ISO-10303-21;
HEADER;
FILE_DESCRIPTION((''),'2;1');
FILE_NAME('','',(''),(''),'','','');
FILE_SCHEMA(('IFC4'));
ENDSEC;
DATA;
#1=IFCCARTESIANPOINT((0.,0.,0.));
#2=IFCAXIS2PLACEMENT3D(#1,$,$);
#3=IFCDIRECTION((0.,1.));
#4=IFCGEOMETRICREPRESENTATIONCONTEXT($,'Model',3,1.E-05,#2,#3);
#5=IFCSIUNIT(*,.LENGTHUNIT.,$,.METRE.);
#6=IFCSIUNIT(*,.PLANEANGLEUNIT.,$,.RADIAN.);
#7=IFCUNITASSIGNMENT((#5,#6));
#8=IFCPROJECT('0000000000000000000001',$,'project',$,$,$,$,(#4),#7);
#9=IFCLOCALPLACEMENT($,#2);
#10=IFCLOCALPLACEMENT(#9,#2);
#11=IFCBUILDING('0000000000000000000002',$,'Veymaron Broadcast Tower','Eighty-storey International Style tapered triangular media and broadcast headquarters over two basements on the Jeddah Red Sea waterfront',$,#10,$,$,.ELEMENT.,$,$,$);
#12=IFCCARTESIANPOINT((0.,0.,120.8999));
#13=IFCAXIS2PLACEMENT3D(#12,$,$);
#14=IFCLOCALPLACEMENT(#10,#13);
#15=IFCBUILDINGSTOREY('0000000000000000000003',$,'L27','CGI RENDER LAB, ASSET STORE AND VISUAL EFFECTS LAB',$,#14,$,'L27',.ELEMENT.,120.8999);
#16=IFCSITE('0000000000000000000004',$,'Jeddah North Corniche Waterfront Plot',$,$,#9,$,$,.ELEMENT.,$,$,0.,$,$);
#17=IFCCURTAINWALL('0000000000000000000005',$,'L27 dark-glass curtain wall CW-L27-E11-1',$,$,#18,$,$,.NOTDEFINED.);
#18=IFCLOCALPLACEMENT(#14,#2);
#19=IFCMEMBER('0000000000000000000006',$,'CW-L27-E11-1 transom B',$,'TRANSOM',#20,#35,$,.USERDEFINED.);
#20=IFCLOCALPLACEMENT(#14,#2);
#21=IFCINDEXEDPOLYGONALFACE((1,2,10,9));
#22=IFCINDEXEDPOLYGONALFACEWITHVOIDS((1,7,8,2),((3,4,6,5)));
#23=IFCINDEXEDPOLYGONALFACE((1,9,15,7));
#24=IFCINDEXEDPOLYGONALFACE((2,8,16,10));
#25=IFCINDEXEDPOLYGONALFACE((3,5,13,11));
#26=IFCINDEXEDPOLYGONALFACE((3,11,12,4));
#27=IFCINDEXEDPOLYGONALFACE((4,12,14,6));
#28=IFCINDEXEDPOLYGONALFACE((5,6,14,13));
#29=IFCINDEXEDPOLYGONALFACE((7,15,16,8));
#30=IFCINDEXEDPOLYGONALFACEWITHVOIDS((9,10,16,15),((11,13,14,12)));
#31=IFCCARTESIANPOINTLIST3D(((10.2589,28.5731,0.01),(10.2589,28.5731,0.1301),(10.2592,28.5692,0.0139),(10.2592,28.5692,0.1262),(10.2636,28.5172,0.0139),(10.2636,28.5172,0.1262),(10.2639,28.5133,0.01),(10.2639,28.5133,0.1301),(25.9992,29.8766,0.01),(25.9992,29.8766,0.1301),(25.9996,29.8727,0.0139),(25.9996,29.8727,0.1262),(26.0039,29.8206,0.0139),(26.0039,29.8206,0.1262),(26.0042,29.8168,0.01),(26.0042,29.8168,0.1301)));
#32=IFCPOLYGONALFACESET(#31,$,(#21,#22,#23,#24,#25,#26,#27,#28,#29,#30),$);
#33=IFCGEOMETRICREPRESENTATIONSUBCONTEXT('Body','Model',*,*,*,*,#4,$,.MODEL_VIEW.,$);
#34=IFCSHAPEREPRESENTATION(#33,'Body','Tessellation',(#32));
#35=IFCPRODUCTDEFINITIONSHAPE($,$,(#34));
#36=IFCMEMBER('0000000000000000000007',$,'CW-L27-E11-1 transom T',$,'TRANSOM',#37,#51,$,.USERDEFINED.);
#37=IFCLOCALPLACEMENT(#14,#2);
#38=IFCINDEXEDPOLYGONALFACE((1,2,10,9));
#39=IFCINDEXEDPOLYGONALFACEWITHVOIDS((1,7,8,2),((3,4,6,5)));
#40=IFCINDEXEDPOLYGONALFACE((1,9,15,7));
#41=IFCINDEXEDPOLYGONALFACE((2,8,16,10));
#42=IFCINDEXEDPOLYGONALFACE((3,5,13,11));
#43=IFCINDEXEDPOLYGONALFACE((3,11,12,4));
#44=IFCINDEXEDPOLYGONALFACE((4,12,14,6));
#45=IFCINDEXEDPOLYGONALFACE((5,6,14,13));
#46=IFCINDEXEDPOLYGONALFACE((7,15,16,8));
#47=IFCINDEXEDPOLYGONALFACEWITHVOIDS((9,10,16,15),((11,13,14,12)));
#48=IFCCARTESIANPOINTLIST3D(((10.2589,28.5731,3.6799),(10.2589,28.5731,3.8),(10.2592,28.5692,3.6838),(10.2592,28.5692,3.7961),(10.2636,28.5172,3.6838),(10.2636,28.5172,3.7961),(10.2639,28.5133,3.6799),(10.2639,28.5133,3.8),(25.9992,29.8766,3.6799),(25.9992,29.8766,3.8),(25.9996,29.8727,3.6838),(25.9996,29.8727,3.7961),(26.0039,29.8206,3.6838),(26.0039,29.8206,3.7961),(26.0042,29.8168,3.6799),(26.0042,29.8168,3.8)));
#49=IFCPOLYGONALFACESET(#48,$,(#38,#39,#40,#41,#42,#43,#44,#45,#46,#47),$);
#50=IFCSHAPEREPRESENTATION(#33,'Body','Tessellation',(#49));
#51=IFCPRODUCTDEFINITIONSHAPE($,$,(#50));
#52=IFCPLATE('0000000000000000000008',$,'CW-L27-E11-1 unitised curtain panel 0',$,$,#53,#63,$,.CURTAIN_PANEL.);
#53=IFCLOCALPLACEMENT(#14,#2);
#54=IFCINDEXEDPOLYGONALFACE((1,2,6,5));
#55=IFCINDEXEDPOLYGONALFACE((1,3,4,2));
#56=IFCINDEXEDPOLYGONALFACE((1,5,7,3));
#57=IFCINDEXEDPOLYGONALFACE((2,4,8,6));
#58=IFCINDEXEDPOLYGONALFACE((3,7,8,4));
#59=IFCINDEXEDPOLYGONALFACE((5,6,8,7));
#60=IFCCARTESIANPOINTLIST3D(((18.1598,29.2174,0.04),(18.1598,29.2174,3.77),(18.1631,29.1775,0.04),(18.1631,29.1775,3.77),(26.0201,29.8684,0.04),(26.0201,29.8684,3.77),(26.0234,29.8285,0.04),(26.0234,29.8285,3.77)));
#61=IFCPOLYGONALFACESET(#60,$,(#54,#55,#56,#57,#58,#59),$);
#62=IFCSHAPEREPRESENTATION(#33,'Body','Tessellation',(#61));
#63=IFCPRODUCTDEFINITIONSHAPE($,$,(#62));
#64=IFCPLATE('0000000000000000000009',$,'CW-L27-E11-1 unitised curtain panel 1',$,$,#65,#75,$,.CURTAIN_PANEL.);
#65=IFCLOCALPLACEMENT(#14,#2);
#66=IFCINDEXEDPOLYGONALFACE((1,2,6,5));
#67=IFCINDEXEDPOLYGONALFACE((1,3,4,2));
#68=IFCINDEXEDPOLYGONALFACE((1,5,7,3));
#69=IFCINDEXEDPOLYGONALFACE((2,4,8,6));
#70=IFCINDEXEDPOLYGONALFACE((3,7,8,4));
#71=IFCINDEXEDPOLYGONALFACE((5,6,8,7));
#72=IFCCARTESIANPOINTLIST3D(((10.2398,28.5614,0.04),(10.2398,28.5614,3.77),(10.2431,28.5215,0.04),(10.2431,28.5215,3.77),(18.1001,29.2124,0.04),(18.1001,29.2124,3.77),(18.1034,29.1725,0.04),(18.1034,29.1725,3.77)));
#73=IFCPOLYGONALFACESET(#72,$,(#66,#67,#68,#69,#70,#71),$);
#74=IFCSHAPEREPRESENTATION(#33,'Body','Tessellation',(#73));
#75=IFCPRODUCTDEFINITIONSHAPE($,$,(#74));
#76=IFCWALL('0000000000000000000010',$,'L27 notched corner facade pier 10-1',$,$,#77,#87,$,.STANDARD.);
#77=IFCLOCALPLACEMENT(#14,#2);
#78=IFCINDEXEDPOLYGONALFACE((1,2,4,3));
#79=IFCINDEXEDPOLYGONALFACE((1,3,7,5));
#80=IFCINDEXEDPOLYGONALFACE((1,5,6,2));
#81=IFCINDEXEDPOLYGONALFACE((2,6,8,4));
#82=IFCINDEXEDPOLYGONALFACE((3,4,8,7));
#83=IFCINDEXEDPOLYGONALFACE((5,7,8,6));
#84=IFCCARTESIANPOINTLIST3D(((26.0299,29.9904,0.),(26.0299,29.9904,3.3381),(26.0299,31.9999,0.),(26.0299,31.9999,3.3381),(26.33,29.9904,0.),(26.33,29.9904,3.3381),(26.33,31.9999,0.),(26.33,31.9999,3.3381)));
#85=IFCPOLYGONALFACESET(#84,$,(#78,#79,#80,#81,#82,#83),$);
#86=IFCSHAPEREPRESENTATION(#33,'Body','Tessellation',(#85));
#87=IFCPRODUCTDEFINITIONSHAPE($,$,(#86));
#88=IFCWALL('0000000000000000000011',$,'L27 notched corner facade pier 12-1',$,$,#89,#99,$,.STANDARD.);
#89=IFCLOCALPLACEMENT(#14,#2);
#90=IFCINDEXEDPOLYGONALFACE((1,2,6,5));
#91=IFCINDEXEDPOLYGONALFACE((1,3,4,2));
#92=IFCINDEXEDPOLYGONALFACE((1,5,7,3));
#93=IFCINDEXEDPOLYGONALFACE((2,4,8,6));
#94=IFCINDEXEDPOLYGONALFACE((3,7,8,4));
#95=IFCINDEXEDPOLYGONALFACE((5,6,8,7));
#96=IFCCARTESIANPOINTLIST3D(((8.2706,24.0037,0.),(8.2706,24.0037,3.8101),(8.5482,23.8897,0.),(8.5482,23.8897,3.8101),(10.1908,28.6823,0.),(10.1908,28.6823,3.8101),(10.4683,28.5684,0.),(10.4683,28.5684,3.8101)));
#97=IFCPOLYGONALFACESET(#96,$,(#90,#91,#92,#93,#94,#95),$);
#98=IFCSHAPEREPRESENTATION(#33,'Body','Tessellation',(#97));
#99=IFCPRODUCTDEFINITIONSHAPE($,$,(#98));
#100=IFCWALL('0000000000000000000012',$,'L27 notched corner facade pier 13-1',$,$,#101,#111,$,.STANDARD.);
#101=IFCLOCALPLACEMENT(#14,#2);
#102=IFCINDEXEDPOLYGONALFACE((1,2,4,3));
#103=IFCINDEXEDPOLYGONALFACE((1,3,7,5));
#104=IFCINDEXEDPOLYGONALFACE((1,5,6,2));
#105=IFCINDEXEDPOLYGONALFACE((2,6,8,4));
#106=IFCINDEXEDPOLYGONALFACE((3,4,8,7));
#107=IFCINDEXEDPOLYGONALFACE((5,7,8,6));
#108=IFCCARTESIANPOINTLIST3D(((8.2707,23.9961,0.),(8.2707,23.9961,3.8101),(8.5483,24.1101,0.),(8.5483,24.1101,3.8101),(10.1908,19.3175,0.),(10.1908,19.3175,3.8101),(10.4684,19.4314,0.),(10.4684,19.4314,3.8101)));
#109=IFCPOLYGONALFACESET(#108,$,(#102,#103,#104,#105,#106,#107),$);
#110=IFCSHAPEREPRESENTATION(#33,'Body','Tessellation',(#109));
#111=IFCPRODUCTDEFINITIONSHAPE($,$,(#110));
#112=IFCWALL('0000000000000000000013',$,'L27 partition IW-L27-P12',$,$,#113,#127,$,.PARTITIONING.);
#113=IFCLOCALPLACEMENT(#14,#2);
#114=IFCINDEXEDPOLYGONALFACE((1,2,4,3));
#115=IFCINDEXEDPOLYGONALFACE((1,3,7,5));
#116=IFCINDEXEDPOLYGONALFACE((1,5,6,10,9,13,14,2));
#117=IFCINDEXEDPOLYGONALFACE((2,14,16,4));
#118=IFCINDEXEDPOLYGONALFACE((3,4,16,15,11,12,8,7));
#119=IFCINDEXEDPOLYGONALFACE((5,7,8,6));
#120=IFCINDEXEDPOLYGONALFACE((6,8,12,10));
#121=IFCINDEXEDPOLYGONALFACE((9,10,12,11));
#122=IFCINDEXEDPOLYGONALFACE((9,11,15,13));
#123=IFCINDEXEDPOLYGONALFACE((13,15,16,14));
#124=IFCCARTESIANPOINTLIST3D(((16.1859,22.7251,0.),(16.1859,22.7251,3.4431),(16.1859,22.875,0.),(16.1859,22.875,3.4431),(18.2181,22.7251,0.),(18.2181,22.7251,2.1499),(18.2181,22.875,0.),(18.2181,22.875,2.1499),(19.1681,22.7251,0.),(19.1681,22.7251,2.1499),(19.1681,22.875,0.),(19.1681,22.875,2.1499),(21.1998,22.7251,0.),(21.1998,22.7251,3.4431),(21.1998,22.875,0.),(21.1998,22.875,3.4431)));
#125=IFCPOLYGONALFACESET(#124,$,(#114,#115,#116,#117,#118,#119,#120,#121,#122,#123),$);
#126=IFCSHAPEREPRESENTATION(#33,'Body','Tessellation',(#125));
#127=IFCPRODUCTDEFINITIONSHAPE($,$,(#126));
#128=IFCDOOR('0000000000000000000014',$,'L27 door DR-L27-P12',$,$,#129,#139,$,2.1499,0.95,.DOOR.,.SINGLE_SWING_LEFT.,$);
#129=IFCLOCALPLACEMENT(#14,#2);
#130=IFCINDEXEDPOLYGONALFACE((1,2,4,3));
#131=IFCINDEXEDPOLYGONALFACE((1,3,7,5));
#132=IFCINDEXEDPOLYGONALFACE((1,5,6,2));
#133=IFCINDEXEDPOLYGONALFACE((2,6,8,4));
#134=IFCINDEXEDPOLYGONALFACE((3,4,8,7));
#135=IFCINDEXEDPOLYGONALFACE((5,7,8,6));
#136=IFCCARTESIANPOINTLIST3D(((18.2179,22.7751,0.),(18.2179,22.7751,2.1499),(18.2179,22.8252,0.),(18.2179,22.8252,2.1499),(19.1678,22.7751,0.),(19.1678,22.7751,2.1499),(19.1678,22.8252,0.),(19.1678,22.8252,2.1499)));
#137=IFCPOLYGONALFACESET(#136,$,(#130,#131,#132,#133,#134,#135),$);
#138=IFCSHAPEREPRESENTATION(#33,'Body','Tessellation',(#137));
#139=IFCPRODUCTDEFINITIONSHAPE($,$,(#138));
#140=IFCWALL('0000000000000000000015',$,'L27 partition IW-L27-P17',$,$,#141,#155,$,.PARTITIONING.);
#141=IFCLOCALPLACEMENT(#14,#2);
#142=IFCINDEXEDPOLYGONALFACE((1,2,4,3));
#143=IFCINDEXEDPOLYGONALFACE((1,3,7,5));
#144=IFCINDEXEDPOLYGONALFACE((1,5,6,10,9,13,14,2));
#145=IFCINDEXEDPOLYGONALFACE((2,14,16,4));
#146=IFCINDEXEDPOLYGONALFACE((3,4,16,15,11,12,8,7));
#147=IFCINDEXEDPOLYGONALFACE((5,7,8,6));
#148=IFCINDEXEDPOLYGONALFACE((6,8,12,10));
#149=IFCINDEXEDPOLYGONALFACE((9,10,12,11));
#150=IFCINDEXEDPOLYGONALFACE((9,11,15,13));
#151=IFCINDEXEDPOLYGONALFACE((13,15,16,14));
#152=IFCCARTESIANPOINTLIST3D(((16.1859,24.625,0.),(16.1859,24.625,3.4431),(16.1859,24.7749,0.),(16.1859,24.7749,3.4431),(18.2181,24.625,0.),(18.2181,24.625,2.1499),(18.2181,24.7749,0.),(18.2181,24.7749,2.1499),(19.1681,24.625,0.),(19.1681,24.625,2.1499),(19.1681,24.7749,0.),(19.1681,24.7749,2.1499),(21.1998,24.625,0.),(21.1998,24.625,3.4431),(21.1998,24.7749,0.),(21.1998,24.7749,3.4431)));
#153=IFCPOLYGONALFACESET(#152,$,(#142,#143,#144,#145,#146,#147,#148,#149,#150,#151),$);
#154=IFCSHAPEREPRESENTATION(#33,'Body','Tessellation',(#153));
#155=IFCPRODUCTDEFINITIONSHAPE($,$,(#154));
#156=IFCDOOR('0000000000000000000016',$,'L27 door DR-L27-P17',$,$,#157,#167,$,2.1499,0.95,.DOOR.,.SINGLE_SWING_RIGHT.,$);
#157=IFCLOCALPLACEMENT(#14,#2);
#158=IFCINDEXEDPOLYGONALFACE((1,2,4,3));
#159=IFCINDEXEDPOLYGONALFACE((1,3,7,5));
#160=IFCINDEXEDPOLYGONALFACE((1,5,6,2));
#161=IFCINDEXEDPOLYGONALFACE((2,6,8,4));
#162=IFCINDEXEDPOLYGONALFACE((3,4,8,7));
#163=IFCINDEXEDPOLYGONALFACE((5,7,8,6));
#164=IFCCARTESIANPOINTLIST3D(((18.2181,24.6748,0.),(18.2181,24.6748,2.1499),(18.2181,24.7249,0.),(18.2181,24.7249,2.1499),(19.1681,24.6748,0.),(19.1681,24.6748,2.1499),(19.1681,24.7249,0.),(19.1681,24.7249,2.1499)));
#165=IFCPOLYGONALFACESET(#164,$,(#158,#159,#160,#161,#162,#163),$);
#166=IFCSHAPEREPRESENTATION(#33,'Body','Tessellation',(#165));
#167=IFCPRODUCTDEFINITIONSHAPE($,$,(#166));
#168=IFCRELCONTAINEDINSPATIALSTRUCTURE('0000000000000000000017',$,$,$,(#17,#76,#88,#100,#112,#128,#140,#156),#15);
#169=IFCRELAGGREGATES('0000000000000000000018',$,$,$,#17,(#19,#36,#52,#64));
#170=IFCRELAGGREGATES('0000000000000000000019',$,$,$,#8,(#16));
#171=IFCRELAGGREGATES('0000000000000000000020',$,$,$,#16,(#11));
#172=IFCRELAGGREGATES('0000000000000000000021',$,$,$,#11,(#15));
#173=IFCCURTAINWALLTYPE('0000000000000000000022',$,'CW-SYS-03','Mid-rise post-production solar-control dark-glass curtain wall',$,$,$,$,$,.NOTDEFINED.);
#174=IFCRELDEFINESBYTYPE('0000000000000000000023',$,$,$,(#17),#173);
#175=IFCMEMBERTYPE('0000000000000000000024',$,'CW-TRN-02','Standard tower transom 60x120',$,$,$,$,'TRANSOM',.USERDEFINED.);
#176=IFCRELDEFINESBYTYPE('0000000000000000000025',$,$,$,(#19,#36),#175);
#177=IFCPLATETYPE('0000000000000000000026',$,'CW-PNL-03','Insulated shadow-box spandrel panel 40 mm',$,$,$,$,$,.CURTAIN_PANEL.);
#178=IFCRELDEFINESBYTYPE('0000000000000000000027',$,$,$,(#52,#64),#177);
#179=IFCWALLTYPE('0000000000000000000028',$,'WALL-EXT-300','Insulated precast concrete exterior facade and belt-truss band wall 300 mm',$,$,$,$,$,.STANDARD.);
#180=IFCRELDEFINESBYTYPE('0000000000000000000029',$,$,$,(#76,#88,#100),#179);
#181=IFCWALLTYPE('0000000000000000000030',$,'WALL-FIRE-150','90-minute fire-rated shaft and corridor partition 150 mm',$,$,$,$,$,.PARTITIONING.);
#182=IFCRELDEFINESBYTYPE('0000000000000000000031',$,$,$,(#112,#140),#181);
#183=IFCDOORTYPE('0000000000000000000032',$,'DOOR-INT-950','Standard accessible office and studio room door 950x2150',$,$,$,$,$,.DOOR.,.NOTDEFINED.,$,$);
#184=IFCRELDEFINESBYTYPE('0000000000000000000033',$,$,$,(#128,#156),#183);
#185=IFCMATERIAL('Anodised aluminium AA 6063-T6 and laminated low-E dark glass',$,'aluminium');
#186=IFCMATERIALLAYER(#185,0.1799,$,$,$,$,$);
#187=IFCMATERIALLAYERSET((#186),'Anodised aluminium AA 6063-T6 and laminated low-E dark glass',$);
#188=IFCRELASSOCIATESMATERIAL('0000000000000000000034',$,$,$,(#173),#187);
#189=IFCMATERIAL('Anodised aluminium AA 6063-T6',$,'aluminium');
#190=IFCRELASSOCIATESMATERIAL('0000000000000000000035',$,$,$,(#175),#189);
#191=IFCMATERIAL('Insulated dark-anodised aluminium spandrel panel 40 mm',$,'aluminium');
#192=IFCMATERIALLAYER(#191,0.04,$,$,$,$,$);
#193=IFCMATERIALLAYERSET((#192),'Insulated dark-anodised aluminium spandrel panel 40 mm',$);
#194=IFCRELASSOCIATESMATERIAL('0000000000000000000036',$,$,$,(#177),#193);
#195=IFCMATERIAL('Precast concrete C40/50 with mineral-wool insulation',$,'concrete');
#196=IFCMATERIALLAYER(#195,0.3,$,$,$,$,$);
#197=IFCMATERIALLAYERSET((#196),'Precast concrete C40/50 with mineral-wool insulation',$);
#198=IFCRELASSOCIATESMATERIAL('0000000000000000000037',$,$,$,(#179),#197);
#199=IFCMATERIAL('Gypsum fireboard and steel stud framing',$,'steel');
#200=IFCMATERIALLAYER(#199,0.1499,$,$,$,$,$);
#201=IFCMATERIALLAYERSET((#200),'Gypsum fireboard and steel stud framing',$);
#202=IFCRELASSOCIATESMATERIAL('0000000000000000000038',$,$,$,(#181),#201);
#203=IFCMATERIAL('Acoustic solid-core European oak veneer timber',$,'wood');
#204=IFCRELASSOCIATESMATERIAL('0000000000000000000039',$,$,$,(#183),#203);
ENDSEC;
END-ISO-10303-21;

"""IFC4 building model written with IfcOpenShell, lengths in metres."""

from ifc_helpers import new_model, si_unit, direction, frame, frame_2d, origin, origin_2d, place, context, subcontext, project, spatial, rectangle, hollow_rectangle, extrude, material, layer, layer_set, material_profile, profile_set, type_object, element, fill, aggregate, save


model = new_model("IFC4")

# Units and contexts
model_context = context("Model", 3, precision=1e-05, world=origin(), true_north=direction((0.0, 1.0)))
body_context = subcontext(model_context, "Body", "Model", "MODEL_VIEW")
ifc_project = project(units=[si_unit("LENGTHUNIT", "METRE"), si_unit("PLANEANGLEUNIT", "RADIAN")], contexts=[model_context])

# Site, building, storey
site_placement = place(None, origin())
site = spatial("IfcSite", under=ifc_project, at=site_placement, Name="Jeddah North Corniche Waterfront Plot", CompositionType="ELEMENT", RefElevation=0.0)
building_placement = place(site_placement, origin())
building = spatial("IfcBuilding", under=site, at=building_placement, Name="Veymaron Broadcast Tower", Description="Eighty-storey International Style tapered triangular media and broadcast headquarters over two basements on the Jeddah Red Sea waterfront", CompositionType="ELEMENT")
storey_placement = place(building_placement, frame((0.0, 0.0, 120.8999)))
storey = spatial("IfcBuildingStorey", under=building, at=storey_placement, Name="L27", Description="CGI RENDER LAB, ASSET STORE AND VISUAL EFFECTS LAB", LongName="L27", CompositionType="ELEMENT", Elevation=120.8999)

# Curtain wall, members, plates
ifc_material_1 = material(Name="Anodised aluminium AA 6063-T6 and laminated low-E dark glass", Category="aluminium")
ifc_layer_1 = layer(ifc_material_1, 0.1799)
ifc_layer_set_1 = layer_set([ifc_layer_1], Name="Anodised aluminium AA 6063-T6 and laminated low-E dark glass")
curtain_wall_type = type_object("IfcCurtainWallType", Name="CW-SYS-03", Description="Mid-rise post-production solar-control dark-glass curtain wall", PredefinedType="NOTDEFINED", material=ifc_layer_set_1)
curtain_wall_placement = place(storey_placement, origin())
curtain_wall = element("IfcCurtainWall", 1, at=curtain_wall_placement, inside=storey, type_object=curtain_wall_type, Name="L27 dark-glass curtain wall CW-L27-E11-1", PredefinedType="NOTDEFINED")
ifc_material_2 = material(Name="Anodised aluminium AA 6063-T6", Category="aluminium")
ifc_material_profile_1 = material_profile(ifc_material_2, hollow_rectangle(XDim=0.0601, YDim=0.1201, WallThickness=0.0039, at=origin_2d()), Name="AL120X60X4")
ifc_profile_set_1 = profile_set([ifc_material_profile_1], Name="Anodised aluminium AA 6063-T6")
member_type_1 = type_object("IfcMemberType", Name="CW-TRN-02", Description="Standard tower transom 60x120", ElementType="TRANSOM", PredefinedType="USERDEFINED", material=ifc_profile_set_1)
member_1_placement = place(storey_placement, frame((26.0017, 29.8467, 0.0701), z_axis=(-0.996589, -0.082529, 0.0), x_axis=(0.082529, -0.996589, 0.0)))
member_1 = element("IfcMember", 2, at=member_1_placement, type_object=member_type_1, Name="CW-L27-E11-1 transom B", ObjectType="TRANSOM", PredefinedType="USERDEFINED", context=body_context, shape_type="SweptSolid", body=[
    extrude(hollow_rectangle(XDim=0.0601, YDim=0.1201, WallThickness=0.0039, at=origin_2d()), origin(), (0.0, 0.0, 1.0), 15.7942),
])
member_2_placement = place(storey_placement, frame((26.0017, 29.8467, 3.74), z_axis=(-0.996589, -0.082529, 0.0), x_axis=(0.082529, -0.996589, 0.0)))
member_2 = element("IfcMember", 3, at=member_2_placement, type_object=member_type_1, Name="CW-L27-E11-1 transom T", ObjectType="TRANSOM", PredefinedType="USERDEFINED", context=body_context, shape_type="SweptSolid", body=[
    extrude(hollow_rectangle(XDim=0.0601, YDim=0.1201, WallThickness=0.0039, at=origin_2d()), origin(), (0.0, 0.0, 1.0), 15.7942),
])
ifc_material_3 = material(Name="Insulated dark-anodised aluminium spandrel panel 40 mm", Category="aluminium")
ifc_layer_2 = layer(ifc_material_3, 0.04)
ifc_layer_set_2 = layer_set([ifc_layer_2], Name="Insulated dark-anodised aluminium spandrel panel 40 mm")
plate_type = type_object("IfcPlateType", Name="CW-PNL-03", Description="Insulated shadow-box spandrel panel 40 mm", PredefinedType="CURTAIN_PANEL", material=ifc_layer_set_2)
plate_1_placement = place(storey_placement, frame((22.0916, 29.5229, 0.04), z_axis=(0.0, 0.0, 1.0), x_axis=(-0.996589, -0.08253, 0.0)))
plate_1 = element("IfcPlate", 4, at=plate_1_placement, type_object=plate_type, Name="CW-L27-E11-1 unitised curtain panel 0", PredefinedType="CURTAIN_PANEL", context=body_context, shape_type="SweptSolid", body=[
    extrude(rectangle(XDim=7.8872, YDim=0.04, at=origin_2d()), origin(), (0.0, 0.0, 1.0), 3.73),
])
plate_2_placement = place(storey_placement, frame((14.1716, 28.8669, 0.04), z_axis=(0.0, 0.0, 1.0), x_axis=(-0.996589, -0.08253, 0.0)))
plate_2 = element("IfcPlate", 5, at=plate_2_placement, type_object=plate_type, Name="CW-L27-E11-1 unitised curtain panel 1", PredefinedType="CURTAIN_PANEL", context=body_context, shape_type="SweptSolid", body=[
    extrude(rectangle(XDim=7.8872, YDim=0.04, at=origin_2d()), origin(), (0.0, 0.0, 1.0), 3.73),
])
aggregate(curtain_wall, [member_1, member_2, plate_1, plate_2])

# Walls
ifc_material_4 = material(Name="Precast concrete C40/50 with mineral-wool insulation", Category="concrete")
ifc_layer_3 = layer(ifc_material_4, 0.3)
ifc_layer_set_3 = layer_set([ifc_layer_3], Name="Precast concrete C40/50 with mineral-wool insulation")
wall_type_1 = type_object("IfcWallType", Name="WALL-EXT-300", Description="Insulated precast concrete exterior facade and belt-truss band wall 300 mm", PredefinedType="STANDARD", material=ifc_layer_set_3)
wall_1_placement = place(storey_placement, frame((26.1799, 32.0, 0.0), z_axis=(0.0, 0.0, 1.0), x_axis=(0.0, -1.0, 0.0)))
element("IfcWall", 6, at=wall_1_placement, inside=storey, type_object=wall_type_1, Name="L27 notched corner facade pier 10-1", PredefinedType="STANDARD", context=body_context, shape_type="SweptSolid", body=[
    extrude(rectangle(XDim=2.0095, YDim=0.3, at=frame_2d((1.0049, 0.0))), origin(), (0.0, 0.0, 1.0), 3.3381),
])
for number, where, z_axis, x_axis, name in (
    (7, (10.3296, 28.6255, 0.0), (0.0, 0.0, 1.0), (-0.379674, -0.92512, 0.0), "L27 notched corner facade pier 12-1"),
    (8, (8.4094, 24.0532, 0.0), (0.0, 0.0, 1.0), (0.379674, -0.92512, 0.0), "L27 notched corner facade pier 13-1"),
):
    element("IfcWall", number, at=place(storey_placement, frame(where, z_axis=z_axis, x_axis=x_axis)), inside=storey, type_object=wall_type_1, Name=name, PredefinedType="STANDARD", context=body_context, shape_type="SweptSolid", body=[
        extrude(rectangle(XDim=5.0574, YDim=0.3, at=frame_2d((2.5288, 0.0))), origin(), (0.0, 0.0, 1.0), 3.8101),
    ])

# Walls, openings, doors
ifc_material_5 = material(Name="Gypsum fireboard and steel stud framing", Category="steel")
ifc_layer_4 = layer(ifc_material_5, 0.1499)
ifc_layer_set_4 = layer_set([ifc_layer_4], Name="Gypsum fireboard and steel stud framing")
wall_type_2 = type_object("IfcWallType", Name="WALL-FIRE-150", Description="90-minute fire-rated shaft and corridor partition 150 mm", PredefinedType="PARTITIONING", material=ifc_layer_set_4)
wall_2_placement = place(storey_placement, frame((16.186, 22.8, 0.0), z_axis=(0.0, 0.0, 1.0), x_axis=(1.0, 0.0, 0.0)))
wall_2 = element("IfcWall", 9, at=wall_2_placement, inside=storey, type_object=wall_type_2, Name="L27 partition IW-L27-P12", PredefinedType="PARTITIONING", context=body_context, shape_type="SweptSolid", body=[
    extrude(rectangle(XDim=5.0139, YDim=0.1499, at=frame_2d((2.5068, 0.0))), origin(), (0.0, 0.0, 1.0), 3.4431),
])
opening_1_placement = place(wall_2_placement, frame((2.032, 0.0, 0.0)))
opening_1 = element("IfcOpeningElement", 10, at=opening_1_placement, cuts=wall_2, PredefinedType="OPENING", context=body_context, shape_type="SweptSolid", body=[
    extrude(rectangle(XDim=0.95, YDim=2.1499, at=frame_2d((0.4751, 1.075))), frame((0.0, 0.085, 0.0), z_axis=(0.0, -1.0, 0.0), x_axis=(1.0, 0.0, 0.0)), (0.0, 0.0, 1.0), 0.1699),
])
ifc_material_6 = material(Name="Acoustic solid-core European oak veneer timber", Category="wood")
door_type = type_object("IfcDoorType", Name="DOOR-INT-950", Description="Standard accessible office and studio room door 950x2150", OperationType="NOTDEFINED", PredefinedType="DOOR", material=ifc_material_6)
door_1_placement = place(opening_1_placement, frame((0.95, 0.0, 0.0), z_axis=(0.0, 0.0, 1.0), x_axis=(-1.0, 0.0, 0.0)))
door_1 = element("IfcDoor", 11, at=door_1_placement, inside=storey, type_object=door_type, Name="L27 door DR-L27-P12", OperationType="SINGLE_SWING_LEFT", OverallHeight=2.1499, OverallWidth=0.95, PredefinedType="DOOR", context=body_context, shape_type="SweptSolid", body=[
    extrude(rectangle(XDim=0.95, YDim=2.1499, at=frame_2d((0.4751, 1.075))), frame((0.0, 0.0249, 0.0), z_axis=(0.0, -1.0, 0.0), x_axis=(1.0, 0.0, 0.0)), (0.0, 0.0, 1.0), 0.05),
])
fill(opening_1, door_1)
wall_3_placement = place(storey_placement, frame((16.186, 24.7, 0.0), z_axis=(0.0, 0.0, 1.0), x_axis=(1.0, 0.0, 0.0)))
wall_3 = element("IfcWall", 12, at=wall_3_placement, inside=storey, type_object=wall_type_2, Name="L27 partition IW-L27-P17", PredefinedType="PARTITIONING", context=body_context, shape_type="SweptSolid", body=[
    extrude(rectangle(XDim=5.0139, YDim=0.1499, at=frame_2d((2.5068, 0.0))), origin(), (0.0, 0.0, 1.0), 3.4431),
])
opening_2_placement = place(wall_3_placement, frame((2.032, 0.0, 0.0)))
opening_2 = element("IfcOpeningElement", 13, at=opening_2_placement, cuts=wall_3, PredefinedType="OPENING", context=body_context, shape_type="SweptSolid", body=[
    extrude(rectangle(XDim=0.95, YDim=2.1499, at=frame_2d((0.4751, 1.075))), frame((0.0, 0.085, 0.0), z_axis=(0.0, -1.0, 0.0), x_axis=(1.0, 0.0, 0.0)), (0.0, 0.0, 1.0), 0.1699),
])
door_2_placement = place(opening_2_placement, origin())
door_2 = element("IfcDoor", 14, at=door_2_placement, inside=storey, type_object=door_type, Name="L27 door DR-L27-P17", OperationType="SINGLE_SWING_RIGHT", OverallHeight=2.1499, OverallWidth=0.95, PredefinedType="DOOR", context=body_context, shape_type="SweptSolid", body=[
    extrude(rectangle(XDim=0.95, YDim=2.1499, at=frame_2d((0.4751, 1.075))), frame((0.0, 0.0249, 0.0), z_axis=(0.0, -1.0, 0.0), x_axis=(1.0, 0.0, 0.0)), (0.0, 0.0, 1.0), 0.05),
])
fill(opening_2, door_2)

save(model, "model.ifc")
